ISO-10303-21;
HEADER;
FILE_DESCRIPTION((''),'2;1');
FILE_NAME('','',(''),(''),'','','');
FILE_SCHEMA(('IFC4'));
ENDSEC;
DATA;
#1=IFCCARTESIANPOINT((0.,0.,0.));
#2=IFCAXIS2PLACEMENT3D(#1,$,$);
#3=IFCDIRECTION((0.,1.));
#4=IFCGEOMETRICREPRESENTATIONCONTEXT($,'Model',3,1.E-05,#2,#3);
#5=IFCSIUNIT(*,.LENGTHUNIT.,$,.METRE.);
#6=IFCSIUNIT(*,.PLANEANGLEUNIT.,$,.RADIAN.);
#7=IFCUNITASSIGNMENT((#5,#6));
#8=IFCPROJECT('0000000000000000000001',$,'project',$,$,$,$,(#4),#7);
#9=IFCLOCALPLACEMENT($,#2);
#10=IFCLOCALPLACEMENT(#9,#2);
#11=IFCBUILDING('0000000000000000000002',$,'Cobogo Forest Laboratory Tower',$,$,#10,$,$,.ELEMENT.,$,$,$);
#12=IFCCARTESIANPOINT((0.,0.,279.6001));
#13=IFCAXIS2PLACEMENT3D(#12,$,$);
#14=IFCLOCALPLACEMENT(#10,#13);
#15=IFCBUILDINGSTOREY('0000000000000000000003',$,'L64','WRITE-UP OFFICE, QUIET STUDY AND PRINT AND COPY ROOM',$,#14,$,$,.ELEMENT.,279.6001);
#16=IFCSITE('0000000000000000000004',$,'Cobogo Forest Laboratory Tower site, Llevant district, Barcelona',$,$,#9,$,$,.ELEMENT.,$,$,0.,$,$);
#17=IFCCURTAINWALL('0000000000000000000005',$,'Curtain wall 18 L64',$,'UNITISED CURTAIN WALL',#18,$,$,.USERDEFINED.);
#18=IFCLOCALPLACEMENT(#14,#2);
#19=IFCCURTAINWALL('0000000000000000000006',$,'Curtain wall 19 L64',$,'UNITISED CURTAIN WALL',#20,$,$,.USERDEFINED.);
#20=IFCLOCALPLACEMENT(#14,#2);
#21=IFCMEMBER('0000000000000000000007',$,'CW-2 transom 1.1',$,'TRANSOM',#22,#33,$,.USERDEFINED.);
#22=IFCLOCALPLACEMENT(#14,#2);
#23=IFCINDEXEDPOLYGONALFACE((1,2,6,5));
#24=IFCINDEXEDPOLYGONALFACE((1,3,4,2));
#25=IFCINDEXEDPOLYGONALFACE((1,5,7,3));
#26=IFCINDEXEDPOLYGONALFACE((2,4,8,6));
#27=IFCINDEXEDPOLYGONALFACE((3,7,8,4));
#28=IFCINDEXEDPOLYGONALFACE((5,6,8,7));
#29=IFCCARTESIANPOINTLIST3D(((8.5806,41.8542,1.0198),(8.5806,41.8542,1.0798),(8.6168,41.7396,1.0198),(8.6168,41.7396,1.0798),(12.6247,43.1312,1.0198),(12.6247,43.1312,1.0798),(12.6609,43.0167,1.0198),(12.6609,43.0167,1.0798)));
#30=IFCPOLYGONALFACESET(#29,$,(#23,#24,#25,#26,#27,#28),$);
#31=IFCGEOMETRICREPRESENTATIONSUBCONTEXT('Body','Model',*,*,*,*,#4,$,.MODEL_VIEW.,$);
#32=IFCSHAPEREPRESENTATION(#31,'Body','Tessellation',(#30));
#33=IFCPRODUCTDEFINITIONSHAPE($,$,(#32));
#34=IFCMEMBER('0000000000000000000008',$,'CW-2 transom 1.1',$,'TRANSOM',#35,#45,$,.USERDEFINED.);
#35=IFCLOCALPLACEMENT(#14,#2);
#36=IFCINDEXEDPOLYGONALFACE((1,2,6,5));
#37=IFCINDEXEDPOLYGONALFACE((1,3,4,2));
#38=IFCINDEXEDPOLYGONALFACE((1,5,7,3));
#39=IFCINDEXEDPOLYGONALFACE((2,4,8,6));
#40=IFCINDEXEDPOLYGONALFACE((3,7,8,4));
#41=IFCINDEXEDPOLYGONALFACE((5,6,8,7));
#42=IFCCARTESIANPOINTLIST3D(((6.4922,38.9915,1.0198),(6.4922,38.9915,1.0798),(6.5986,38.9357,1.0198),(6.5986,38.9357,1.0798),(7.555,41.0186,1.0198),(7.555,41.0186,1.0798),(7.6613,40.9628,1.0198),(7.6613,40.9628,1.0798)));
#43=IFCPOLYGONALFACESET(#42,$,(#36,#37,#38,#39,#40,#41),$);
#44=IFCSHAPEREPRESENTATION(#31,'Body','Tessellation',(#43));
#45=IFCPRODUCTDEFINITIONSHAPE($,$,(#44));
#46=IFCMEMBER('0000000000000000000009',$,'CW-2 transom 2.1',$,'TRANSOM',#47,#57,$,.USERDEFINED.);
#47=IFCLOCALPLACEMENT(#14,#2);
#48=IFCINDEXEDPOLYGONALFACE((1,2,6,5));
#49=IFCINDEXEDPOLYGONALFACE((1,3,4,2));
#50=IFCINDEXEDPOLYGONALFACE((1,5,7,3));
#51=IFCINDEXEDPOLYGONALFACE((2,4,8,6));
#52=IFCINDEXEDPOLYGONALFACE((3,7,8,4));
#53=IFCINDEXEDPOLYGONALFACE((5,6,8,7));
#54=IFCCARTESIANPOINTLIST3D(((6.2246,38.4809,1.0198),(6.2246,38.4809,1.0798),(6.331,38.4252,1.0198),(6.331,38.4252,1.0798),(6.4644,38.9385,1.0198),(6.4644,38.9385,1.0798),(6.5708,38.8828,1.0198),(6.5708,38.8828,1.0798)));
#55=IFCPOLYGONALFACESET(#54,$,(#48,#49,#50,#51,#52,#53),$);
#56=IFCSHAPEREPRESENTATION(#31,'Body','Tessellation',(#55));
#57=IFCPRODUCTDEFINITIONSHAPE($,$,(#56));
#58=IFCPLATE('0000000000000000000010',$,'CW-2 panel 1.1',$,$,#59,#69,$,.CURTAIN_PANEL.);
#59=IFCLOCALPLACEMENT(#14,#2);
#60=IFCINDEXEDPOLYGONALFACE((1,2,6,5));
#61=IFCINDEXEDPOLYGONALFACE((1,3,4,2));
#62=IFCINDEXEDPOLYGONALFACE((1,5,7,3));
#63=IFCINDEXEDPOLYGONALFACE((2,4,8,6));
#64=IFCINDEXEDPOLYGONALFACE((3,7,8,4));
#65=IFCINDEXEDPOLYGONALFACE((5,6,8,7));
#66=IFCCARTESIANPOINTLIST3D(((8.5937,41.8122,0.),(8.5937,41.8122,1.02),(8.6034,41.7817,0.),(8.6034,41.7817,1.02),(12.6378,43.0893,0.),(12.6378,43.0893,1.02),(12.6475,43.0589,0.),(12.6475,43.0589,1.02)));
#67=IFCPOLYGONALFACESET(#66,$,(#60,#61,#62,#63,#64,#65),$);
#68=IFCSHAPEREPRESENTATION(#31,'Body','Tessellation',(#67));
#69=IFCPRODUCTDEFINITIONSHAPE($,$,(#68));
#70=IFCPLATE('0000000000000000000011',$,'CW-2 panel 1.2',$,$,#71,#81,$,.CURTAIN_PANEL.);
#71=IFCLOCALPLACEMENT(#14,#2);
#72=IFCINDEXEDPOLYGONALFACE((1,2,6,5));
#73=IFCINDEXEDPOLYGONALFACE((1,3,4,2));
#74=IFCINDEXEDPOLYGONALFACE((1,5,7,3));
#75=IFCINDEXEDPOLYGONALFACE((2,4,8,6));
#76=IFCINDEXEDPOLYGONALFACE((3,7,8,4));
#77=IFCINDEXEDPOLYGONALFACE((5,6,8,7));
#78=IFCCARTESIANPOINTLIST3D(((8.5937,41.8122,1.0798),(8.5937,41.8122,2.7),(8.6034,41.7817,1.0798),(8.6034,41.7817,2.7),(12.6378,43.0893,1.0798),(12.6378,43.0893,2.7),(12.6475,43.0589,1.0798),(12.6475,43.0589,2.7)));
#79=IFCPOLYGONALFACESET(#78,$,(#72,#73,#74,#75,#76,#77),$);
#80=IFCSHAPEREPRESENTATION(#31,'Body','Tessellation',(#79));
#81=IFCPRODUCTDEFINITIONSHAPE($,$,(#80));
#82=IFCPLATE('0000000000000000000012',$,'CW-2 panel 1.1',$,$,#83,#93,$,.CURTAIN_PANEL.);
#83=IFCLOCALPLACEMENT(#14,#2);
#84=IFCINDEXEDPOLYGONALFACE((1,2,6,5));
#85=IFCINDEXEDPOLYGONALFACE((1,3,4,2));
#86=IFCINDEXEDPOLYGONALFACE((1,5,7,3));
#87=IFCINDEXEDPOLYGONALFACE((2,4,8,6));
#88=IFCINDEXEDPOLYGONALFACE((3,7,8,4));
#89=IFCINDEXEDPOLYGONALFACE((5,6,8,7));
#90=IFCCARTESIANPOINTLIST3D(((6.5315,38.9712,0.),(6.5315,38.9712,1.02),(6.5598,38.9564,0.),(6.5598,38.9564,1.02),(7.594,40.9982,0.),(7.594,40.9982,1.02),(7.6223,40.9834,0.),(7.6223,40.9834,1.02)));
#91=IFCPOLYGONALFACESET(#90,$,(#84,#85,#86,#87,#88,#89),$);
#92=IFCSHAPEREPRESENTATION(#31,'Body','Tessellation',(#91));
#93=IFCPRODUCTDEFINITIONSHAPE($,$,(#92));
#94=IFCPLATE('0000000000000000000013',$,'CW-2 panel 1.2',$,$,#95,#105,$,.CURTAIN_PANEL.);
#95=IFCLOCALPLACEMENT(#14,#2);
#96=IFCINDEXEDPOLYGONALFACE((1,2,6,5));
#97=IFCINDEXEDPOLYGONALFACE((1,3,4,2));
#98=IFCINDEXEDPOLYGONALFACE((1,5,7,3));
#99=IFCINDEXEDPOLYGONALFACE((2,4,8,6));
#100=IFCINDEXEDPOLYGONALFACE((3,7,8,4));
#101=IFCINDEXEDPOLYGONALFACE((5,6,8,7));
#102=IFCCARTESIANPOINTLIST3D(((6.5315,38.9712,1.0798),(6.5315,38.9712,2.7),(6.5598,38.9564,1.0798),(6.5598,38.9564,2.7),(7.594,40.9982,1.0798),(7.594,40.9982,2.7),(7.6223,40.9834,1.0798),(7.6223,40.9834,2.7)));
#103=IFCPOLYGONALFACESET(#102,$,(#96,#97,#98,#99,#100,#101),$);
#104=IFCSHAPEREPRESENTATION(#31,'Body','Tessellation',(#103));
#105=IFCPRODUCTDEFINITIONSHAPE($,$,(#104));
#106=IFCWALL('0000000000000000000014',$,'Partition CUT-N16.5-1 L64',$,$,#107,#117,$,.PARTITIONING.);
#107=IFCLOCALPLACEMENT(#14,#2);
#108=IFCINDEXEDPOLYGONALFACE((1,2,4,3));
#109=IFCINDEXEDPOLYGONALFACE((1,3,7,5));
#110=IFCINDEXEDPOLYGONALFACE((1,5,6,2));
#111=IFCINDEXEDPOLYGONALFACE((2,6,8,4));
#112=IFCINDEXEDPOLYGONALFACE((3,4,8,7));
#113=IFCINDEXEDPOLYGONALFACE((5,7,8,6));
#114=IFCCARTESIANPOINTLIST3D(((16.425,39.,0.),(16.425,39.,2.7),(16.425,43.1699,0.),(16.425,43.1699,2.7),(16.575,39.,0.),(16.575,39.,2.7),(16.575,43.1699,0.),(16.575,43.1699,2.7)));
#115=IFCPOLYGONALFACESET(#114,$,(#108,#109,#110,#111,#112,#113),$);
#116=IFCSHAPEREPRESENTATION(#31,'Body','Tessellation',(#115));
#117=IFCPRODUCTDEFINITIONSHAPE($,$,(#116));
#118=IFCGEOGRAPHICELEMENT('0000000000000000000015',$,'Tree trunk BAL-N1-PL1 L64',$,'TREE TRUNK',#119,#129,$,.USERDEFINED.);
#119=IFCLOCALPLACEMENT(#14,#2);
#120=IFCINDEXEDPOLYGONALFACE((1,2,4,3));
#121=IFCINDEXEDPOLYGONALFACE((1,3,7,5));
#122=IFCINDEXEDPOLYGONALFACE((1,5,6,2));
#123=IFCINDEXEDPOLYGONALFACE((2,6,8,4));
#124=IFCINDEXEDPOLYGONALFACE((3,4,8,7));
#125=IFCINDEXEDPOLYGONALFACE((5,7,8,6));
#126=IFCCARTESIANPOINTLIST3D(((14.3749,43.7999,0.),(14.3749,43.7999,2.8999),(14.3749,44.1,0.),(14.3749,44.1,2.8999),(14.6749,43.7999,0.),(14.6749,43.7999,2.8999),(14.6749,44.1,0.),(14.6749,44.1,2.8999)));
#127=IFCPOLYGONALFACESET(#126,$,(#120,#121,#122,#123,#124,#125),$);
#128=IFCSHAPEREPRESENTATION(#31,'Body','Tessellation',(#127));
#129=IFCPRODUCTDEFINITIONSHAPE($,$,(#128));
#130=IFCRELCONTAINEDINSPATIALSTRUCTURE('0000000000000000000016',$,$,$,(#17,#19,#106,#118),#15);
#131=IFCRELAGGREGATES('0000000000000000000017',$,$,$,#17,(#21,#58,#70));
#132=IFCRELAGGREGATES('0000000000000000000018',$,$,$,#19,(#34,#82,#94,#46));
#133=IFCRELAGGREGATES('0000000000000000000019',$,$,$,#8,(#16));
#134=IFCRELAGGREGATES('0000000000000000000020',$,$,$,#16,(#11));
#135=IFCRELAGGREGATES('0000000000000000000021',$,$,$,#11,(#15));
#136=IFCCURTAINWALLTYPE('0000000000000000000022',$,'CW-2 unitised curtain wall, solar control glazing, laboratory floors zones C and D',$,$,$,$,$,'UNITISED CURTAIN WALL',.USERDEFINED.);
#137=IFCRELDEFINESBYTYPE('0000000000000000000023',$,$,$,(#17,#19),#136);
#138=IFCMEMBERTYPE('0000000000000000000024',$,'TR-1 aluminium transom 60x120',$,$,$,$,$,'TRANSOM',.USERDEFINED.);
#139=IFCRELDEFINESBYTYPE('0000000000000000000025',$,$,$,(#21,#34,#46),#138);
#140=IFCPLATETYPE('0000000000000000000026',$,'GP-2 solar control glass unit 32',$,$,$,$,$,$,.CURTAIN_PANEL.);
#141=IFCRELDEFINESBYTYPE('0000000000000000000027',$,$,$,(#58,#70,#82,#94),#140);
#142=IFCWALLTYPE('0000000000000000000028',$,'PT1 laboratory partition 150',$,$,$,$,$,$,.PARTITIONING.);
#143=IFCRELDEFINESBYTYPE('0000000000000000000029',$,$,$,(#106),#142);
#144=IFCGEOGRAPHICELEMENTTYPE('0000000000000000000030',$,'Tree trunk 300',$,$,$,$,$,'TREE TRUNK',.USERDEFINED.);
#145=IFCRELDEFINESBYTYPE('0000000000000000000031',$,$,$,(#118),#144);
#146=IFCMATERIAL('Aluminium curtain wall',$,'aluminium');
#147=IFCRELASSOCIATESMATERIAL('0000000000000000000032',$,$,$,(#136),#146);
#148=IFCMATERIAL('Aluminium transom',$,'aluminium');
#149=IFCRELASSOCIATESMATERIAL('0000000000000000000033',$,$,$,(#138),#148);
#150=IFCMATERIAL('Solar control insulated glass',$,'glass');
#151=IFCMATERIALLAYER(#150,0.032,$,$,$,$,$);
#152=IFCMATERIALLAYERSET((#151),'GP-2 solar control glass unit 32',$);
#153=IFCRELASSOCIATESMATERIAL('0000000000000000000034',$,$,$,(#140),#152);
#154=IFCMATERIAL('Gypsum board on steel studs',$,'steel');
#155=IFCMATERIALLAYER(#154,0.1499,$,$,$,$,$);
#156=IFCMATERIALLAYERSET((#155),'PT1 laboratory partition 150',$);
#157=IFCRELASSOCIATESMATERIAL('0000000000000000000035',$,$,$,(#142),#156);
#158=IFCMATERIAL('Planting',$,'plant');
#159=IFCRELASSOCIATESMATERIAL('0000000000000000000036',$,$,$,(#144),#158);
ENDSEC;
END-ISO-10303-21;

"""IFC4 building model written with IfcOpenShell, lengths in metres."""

from ifc_helpers import new_model, si_unit, direction, frame, frame_2d, origin, origin_2d, place, context, subcontext, project, spatial, rectangle, extrude, material, layer, layer_set, material_profile, profile_set, type_object, element, aggregate, save


model = new_model("IFC4")

# Units and contexts
model_context = context("Model", 3, precision=1e-05, world=origin(), true_north=direction((0.0, 1.0)))
body_context = subcontext(model_context, "Body", "Model", "MODEL_VIEW")
ifc_project = project(units=[si_unit("LENGTHUNIT", "METRE"), si_unit("PLANEANGLEUNIT", "RADIAN")], contexts=[model_context])

# Site, building, storey
site_placement = place(None, origin())
site = spatial("IfcSite", under=ifc_project, at=site_placement, Name="Cobogo Forest Laboratory Tower site, Llevant district, Barcelona", CompositionType="ELEMENT", RefElevation=0.0)
building_placement = place(site_placement, origin())
building = spatial("IfcBuilding", under=site, at=building_placement, Name="Cobogo Forest Laboratory Tower", CompositionType="ELEMENT")
storey_placement = place(building_placement, frame((0.0, 0.0, 279.6001)))
storey = spatial("IfcBuildingStorey", under=building, at=storey_placement, Name="L64", Description="WRITE-UP OFFICE, QUIET STUDY AND PRINT AND COPY ROOM", CompositionType="ELEMENT", Elevation=279.6001)

# Curtain walls
ifc_material_1 = material(Name="Aluminium curtain wall", Category="aluminium")
curtain_wall_type = type_object("IfcCurtainWallType", Name="CW-2 unitised curtain wall, solar control glazing, laboratory floors zones C and D", ElementType="UNITISED CURTAIN WALL", PredefinedType="USERDEFINED", material=ifc_material_1)
curtain_wall_1_placement = place(storey_placement, origin())
curtain_wall_1 = element("IfcCurtainWall", 1, at=curtain_wall_1_placement, inside=storey, type_object=curtain_wall_type, Name="Curtain wall 18 L64", ObjectType="UNITISED CURTAIN WALL", PredefinedType="USERDEFINED")
curtain_wall_2_placement = place(storey_placement, origin())
curtain_wall_2 = element("IfcCurtainWall", 2, at=curtain_wall_2_placement, inside=storey, type_object=curtain_wall_type, Name="Curtain wall 19 L64", ObjectType="UNITISED CURTAIN WALL", PredefinedType="USERDEFINED")

# Members
ifc_material_2 = material(Name="Aluminium transom", Category="aluminium")
ifc_material_profile_1 = material_profile(ifc_material_2, rectangle(XDim=0.1201, YDim=0.0601, at=origin_2d()), Name="AL 60x120")
ifc_profile_set_1 = profile_set([ifc_material_profile_1], Name="Aluminium transom")
member_type_1 = type_object("IfcMemberType", Name="TR-1 aluminium transom 60x120", ElementType="TRANSOM", PredefinedType="USERDEFINED", material=ifc_profile_set_1)
member_1_placement = place(storey_placement, frame((12.6428, 43.074, 1.0498), z_axis=(-0.953584, -0.301129, 0.0), x_axis=(0.301129, -0.953584, 0.0)))
member_1 = element("IfcMember", 3, at=member_1_placement, type_object=member_type_1, Name="CW-2 transom 1.1", ObjectType="TRANSOM", PredefinedType="USERDEFINED", context=body_context, shape_type="SweptSolid", body=[
    extrude(rectangle(XDim=0.1201, YDim=0.0601, at=origin_2d()), origin(), (0.0, 0.0, 1.0), 4.241),
])
member_2_placement = place(storey_placement, frame((7.6082, 40.9907, 1.0498), z_axis=(-0.464326, -0.885664, 0.0), x_axis=(0.885664, -0.464326, 0.0)))
member_2 = element("IfcMember", 4, at=member_2_placement, type_object=member_type_1, Name="CW-2 transom 1.1", ObjectType="TRANSOM", PredefinedType="USERDEFINED", context=body_context, shape_type="SweptSolid", body=[
    extrude(rectangle(XDim=0.1201, YDim=0.0601, at=origin_2d()), origin(), (0.0, 0.0, 1.0), 2.2888),
])
member_3_placement = place(storey_placement, frame((6.5176, 38.9106, 1.0498), z_axis=(-0.464148, -0.885758, 0.0), x_axis=(0.885758, -0.464148, 0.0)))
member_3 = element("IfcMember", 5, at=member_3_placement, type_object=member_type_1, Name="CW-2 transom 2.1", ObjectType="TRANSOM", PredefinedType="USERDEFINED", context=body_context, shape_type="SweptSolid", body=[
    extrude(rectangle(XDim=0.1201, YDim=0.0601, at=origin_2d()), origin(), (0.0, 0.0, 1.0), 0.5166),
])

# Plates
ifc_material_3 = material(Name="Solar control insulated glass", Category="glass")
ifc_layer_1 = layer(ifc_material_3, 0.032)
ifc_layer_set_1 = layer_set([ifc_layer_1], Name="GP-2 solar control glass unit 32")
plate_type = type_object("IfcPlateType", Name="GP-2 solar control glass unit 32", PredefinedType="CURTAIN_PANEL", material=ifc_layer_set_1)
plate_1_placement = place(storey_placement, frame((10.6206, 42.4355, 0.0), z_axis=(0.0, 0.0, 1.0), x_axis=(-0.953581, -0.301135, 0.0)))
plate_1 = element("IfcPlate", 6, at=plate_1_placement, type_object=plate_type, Name="CW-2 panel 1.1", PredefinedType="CURTAIN_PANEL", context=body_context, shape_type="SweptSolid", body=[
    extrude(rectangle(XDim=4.241, YDim=0.032, at=origin_2d()), origin(), (0.0, 0.0, 1.0), 1.02),
])
plate_2_placement = place(storey_placement, frame((10.6206, 42.4355, 1.0798), z_axis=(0.0, 0.0, 1.0), x_axis=(-0.953581, -0.301135, 0.0)))
plate_2 = element("IfcPlate", 7, at=plate_2_placement, type_object=plate_type, Name="CW-2 panel 1.2", PredefinedType="CURTAIN_PANEL", context=body_context, shape_type="SweptSolid", body=[
    extrude(rectangle(XDim=4.241, YDim=0.032, at=origin_2d()), origin(), (0.0, 0.0, 1.0), 1.6201),
])
aggregate(curtain_wall_1, [member_1, plate_1, plate_2])
plate_3_placement = place(storey_placement, frame((7.0769, 39.9773, 0.0), z_axis=(0.0, 0.0, 1.0), x_axis=(-0.464284, -0.885686, 0.0)))
plate_3 = element("IfcPlate", 8, at=plate_3_placement, type_object=plate_type, Name="CW-2 panel 1.1", PredefinedType="CURTAIN_PANEL", context=body_context, shape_type="SweptSolid", body=[
    extrude(rectangle(XDim=2.2886, YDim=0.032, at=origin_2d()), origin(), (0.0, 0.0, 1.0), 1.02),
])
plate_4_placement = place(storey_placement, frame((7.0769, 39.9773, 1.0798), z_axis=(0.0, 0.0, 1.0), x_axis=(-0.464284, -0.885686, 0.0)))
plate_4 = element("IfcPlate", 9, at=plate_4_placement, type_object=plate_type, Name="CW-2 panel 1.2", PredefinedType="CURTAIN_PANEL", context=body_context, shape_type="SweptSolid", body=[
    extrude(rectangle(XDim=2.2886, YDim=0.032, at=origin_2d()), origin(), (0.0, 0.0, 1.0), 1.6201),
])
aggregate(curtain_wall_2, [member_2, plate_3, plate_4, member_3])

# Wall
ifc_material_4 = material(Name="Gypsum board on steel studs", Category="steel")
ifc_layer_2 = layer(ifc_material_4, 0.1499)
ifc_layer_set_2 = layer_set([ifc_layer_2], Name="PT1 laboratory partition 150")
wall_type_1 = type_object("IfcWallType", Name="PT1 laboratory partition 150", PredefinedType="PARTITIONING", material=ifc_layer_set_2)
wall_1_placement = place(storey_placement, frame((16.5, 43.1699, 0.0), z_axis=(0.0, 0.0, 1.0), x_axis=(0.0, -1.0, 0.0)))
element("IfcWall", 10, at=wall_1_placement, inside=storey, type_object=wall_type_1, Name="Partition CUT-N16.5-1 L64", PredefinedType="PARTITIONING", context=body_context, shape_type="SweptSolid", body=[
    extrude(rectangle(XDim=4.1699, YDim=0.1499, at=frame_2d((2.085, 0.0))), origin(), (0.0, 0.0, 1.0), 2.7),
])

# Geographic element
ifc_material_5 = material(Name="Planting", Category="plant")
geographic_element_type = type_object("IfcGeographicElementType", Name="Tree trunk 300", ElementType="TREE TRUNK", PredefinedType="USERDEFINED", material=ifc_material_5)
geographic_element_placement = place(storey_placement, frame((14.5249, 43.95, 0.0), z_axis=(0.0, 0.0, 1.0), x_axis=(1.0, 0.0, 0.0)))
element("IfcGeographicElement", 11, at=geographic_element_placement, inside=storey, type_object=geographic_element_type, Name="Tree trunk BAL-N1-PL1 L64", ObjectType="TREE TRUNK", PredefinedType="USERDEFINED", context=body_context, shape_type="SweptSolid", body=[
    extrude(rectangle(XDim=0.3, YDim=0.3, at=origin_2d()), origin(), (0.0, 0.0, 1.0), 2.8999),
])

save(model, "model.ifc")
